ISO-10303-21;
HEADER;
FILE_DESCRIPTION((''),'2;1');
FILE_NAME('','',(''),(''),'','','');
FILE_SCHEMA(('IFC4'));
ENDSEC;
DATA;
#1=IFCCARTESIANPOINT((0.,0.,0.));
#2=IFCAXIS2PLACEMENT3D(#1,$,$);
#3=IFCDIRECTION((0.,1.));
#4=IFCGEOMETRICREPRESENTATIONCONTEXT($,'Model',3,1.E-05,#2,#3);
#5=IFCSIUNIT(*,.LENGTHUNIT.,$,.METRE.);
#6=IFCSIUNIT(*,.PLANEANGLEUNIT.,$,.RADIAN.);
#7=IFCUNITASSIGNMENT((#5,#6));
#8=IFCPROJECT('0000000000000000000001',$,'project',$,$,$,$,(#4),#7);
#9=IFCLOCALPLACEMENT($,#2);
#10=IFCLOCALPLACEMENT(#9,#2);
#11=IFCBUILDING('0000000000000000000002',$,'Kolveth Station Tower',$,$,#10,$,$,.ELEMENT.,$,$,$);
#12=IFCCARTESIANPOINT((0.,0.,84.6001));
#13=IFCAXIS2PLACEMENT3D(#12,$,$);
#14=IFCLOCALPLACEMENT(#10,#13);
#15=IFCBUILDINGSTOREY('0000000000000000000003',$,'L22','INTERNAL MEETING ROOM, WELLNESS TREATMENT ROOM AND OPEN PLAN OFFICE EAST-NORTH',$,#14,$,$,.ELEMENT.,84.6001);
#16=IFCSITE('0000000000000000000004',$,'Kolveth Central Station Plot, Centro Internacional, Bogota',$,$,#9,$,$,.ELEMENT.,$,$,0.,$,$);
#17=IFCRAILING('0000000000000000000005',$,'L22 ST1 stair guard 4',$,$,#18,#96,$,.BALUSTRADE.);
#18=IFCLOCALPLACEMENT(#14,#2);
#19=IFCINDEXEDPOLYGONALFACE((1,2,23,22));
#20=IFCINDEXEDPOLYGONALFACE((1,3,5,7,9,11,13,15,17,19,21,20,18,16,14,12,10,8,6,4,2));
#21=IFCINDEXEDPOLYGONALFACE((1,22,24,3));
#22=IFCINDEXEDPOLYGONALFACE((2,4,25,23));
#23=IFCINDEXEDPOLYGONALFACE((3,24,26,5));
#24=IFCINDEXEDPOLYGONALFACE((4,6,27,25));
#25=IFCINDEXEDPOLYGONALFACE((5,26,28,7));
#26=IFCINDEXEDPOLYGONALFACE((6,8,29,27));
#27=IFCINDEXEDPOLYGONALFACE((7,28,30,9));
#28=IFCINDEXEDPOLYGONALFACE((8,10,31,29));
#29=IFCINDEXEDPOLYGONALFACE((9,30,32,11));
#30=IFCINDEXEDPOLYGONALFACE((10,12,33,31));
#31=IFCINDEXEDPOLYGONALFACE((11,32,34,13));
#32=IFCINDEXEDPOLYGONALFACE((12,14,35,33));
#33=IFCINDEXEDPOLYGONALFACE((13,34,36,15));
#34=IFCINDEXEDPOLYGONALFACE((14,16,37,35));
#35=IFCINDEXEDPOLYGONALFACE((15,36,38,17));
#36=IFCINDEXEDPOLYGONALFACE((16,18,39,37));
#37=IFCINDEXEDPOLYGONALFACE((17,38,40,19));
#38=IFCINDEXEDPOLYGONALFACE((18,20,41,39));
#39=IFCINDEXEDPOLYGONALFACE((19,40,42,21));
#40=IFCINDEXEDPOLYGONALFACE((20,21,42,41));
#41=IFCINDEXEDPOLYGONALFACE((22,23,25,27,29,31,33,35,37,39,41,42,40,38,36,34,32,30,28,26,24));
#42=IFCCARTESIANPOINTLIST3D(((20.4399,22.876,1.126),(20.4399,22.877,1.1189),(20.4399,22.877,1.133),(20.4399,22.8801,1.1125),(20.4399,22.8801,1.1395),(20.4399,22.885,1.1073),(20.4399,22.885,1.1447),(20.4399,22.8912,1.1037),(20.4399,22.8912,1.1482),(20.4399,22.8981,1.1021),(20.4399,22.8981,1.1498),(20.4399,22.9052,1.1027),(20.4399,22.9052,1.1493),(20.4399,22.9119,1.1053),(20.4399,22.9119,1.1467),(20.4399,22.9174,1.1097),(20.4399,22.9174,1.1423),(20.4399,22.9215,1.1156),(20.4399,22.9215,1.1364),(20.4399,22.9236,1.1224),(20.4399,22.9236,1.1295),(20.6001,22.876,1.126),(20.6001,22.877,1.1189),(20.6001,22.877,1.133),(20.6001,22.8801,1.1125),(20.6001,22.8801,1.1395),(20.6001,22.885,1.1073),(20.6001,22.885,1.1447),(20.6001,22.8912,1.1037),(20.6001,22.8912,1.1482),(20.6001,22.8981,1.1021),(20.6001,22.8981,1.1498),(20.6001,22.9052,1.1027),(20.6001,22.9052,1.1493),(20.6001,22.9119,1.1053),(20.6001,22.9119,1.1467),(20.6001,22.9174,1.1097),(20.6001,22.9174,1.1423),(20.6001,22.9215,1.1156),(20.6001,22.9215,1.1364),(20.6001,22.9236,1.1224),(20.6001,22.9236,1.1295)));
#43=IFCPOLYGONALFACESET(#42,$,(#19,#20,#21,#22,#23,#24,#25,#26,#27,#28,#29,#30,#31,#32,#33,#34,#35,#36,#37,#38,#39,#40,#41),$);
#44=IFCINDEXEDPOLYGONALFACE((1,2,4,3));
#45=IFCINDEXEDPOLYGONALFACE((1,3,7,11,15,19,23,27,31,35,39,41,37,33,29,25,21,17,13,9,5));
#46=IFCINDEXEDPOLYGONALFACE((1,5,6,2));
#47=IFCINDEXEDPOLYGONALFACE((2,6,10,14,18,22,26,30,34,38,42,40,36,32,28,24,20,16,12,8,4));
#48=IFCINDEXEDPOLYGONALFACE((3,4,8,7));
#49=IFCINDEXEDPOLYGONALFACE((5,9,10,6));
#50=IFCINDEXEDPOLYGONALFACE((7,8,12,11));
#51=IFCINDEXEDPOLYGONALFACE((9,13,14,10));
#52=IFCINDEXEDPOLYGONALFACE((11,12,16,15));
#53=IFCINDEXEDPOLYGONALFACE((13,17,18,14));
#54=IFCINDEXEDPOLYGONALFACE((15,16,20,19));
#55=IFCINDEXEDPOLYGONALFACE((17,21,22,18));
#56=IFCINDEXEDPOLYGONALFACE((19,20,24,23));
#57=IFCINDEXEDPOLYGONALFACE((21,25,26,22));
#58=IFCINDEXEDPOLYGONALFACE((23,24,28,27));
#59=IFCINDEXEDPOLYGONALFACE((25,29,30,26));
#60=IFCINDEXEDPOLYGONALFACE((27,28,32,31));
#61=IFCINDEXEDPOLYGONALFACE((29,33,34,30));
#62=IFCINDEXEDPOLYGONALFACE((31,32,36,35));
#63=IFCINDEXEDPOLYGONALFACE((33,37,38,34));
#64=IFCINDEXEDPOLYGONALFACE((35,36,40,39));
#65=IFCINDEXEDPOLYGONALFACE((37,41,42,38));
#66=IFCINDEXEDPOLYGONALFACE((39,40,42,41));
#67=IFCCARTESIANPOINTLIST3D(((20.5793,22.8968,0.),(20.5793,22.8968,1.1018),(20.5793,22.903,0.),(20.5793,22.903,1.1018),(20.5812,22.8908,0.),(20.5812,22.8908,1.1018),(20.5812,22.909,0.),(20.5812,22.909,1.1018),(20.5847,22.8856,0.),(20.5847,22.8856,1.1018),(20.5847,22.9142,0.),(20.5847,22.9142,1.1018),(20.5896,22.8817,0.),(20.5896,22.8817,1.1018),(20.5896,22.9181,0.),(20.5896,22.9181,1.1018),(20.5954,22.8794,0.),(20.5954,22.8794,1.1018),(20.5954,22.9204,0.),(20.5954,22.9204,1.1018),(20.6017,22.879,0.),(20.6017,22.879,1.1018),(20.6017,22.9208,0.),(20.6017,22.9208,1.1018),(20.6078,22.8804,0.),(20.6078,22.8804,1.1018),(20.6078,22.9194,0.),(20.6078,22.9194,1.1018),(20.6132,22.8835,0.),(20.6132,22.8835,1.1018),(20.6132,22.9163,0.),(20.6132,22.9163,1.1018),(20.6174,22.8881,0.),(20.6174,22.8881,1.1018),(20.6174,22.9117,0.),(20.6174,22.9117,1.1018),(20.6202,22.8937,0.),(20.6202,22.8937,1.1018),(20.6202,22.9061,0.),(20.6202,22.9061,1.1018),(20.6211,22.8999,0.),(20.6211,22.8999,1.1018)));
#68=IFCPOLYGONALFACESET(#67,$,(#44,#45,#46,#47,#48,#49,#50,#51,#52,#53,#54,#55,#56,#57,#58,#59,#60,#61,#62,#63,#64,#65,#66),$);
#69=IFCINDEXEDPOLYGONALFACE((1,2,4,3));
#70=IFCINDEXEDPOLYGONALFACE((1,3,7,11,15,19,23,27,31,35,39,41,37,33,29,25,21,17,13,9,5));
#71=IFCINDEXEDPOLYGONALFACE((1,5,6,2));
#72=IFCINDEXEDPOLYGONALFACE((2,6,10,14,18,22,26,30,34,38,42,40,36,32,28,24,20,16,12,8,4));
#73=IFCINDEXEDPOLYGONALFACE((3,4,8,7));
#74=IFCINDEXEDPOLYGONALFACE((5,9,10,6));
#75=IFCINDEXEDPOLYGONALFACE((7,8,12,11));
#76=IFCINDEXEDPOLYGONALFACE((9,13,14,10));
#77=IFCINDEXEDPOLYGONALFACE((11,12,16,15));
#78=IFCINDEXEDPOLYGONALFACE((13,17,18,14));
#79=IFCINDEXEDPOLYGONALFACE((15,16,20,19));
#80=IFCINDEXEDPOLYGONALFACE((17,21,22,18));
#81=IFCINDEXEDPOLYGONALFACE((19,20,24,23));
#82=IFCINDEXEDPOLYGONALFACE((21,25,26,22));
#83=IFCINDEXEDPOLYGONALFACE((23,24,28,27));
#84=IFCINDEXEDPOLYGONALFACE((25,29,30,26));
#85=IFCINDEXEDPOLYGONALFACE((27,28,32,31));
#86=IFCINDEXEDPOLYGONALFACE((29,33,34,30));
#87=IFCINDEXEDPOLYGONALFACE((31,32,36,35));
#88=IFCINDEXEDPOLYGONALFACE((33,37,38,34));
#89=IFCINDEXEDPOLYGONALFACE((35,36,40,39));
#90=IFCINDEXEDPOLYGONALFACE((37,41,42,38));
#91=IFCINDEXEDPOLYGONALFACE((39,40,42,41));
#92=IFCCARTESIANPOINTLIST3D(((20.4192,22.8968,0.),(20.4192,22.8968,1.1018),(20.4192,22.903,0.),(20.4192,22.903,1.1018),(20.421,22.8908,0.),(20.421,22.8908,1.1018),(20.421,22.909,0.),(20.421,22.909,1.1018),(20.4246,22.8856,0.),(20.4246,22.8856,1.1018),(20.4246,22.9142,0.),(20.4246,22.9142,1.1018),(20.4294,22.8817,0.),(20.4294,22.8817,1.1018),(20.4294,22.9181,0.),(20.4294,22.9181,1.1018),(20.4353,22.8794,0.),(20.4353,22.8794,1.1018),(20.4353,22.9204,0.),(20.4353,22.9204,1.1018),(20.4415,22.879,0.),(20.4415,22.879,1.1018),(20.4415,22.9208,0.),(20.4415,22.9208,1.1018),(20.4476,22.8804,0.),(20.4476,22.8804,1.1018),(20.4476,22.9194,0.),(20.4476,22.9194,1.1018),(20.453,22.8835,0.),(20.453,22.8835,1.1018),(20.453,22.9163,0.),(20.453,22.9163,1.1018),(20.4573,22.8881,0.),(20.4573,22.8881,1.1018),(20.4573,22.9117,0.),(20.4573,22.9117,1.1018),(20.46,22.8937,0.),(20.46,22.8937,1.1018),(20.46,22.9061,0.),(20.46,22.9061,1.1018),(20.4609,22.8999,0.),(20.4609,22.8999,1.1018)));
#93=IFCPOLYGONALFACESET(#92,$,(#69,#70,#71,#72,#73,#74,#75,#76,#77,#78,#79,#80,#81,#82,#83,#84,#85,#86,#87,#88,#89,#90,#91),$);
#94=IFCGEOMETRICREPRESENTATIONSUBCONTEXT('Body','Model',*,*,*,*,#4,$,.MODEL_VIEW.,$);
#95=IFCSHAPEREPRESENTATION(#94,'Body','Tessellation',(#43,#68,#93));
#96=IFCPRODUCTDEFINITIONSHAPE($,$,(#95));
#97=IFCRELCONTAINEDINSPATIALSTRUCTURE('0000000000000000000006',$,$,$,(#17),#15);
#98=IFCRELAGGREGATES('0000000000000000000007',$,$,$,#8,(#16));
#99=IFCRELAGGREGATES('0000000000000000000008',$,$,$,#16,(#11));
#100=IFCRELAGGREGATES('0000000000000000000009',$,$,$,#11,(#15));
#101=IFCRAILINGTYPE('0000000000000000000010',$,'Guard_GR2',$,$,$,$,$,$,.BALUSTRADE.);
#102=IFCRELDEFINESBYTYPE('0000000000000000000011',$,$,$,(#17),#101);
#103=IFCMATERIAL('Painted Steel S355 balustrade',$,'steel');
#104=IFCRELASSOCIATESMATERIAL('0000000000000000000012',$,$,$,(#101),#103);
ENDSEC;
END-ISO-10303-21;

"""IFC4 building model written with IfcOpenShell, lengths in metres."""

from ifc_helpers import new_model, si_unit, direction, frame, origin, origin_2d, place, context, subcontext, project, spatial, circle, extrude, material, type_object, element, save


model = new_model("IFC4")

# Units and contexts
model_context = context("Model", 3, precision=1e-05, world=origin(), true_north=direction((0.0, 1.0)))
body_context = subcontext(model_context, "Body", "Model", "MODEL_VIEW")
ifc_project = project(units=[si_unit("LENGTHUNIT", "METRE"), si_unit("PLANEANGLEUNIT", "RADIAN")], contexts=[model_context])

# Site, building, storey
site_placement = place(None, origin())
site = spatial("IfcSite", under=ifc_project, at=site_placement, Name="Kolveth Central Station Plot, Centro Internacional, Bogota", CompositionType="ELEMENT", RefElevation=0.0)
building_placement = place(site_placement, origin())
building = spatial("IfcBuilding", under=site, at=building_placement, Name="Kolveth Station Tower", CompositionType="ELEMENT")
storey_placement = place(building_placement, frame((0.0, 0.0, 84.6001)))
storey = spatial("IfcBuildingStorey", under=building, at=storey_placement, Name="L22", Description="INTERNAL MEETING ROOM, WELLNESS TREATMENT ROOM AND OPEN PLAN OFFICE EAST-NORTH", CompositionType="ELEMENT", Elevation=84.6001)

# Railing
ifc_material_1 = material(Name="Painted Steel S355 balustrade", Category="steel")
railing_type_1 = type_object("IfcRailingType", Name="Guard_GR2", PredefinedType="BALUSTRADE", material=ifc_material_1)
railing_1_placement = place(storey_placement, frame((20.6001, 22.8999, 0.0)))
element("IfcRailing", 1, at=railing_1_placement, inside=storey, type_object=railing_type_1, Name="L22 ST1 stair guard 4", PredefinedType="BALUSTRADE", context=body_context, shape_type="SweptSolid", body=[
    extrude(circle(Radius=0.0239, at=origin_2d()), frame((0.0, 0.0, 1.126), z_axis=(-1.0, 0.0, 0.0), x_axis=(0.0, -1.0, 0.0)), (0.0, 0.0, 1.0), 0.1602),
    extrude(circle(Radius=0.021, at=origin_2d()), origin(), (0.0, 0.0, 1.0), 1.1018),
    extrude(circle(Radius=0.021, at=origin_2d()), frame((-0.1602, 0.0, 0.0)), (0.0, 0.0, 1.0), 1.1018),
])

save(model, "model.ifc")
